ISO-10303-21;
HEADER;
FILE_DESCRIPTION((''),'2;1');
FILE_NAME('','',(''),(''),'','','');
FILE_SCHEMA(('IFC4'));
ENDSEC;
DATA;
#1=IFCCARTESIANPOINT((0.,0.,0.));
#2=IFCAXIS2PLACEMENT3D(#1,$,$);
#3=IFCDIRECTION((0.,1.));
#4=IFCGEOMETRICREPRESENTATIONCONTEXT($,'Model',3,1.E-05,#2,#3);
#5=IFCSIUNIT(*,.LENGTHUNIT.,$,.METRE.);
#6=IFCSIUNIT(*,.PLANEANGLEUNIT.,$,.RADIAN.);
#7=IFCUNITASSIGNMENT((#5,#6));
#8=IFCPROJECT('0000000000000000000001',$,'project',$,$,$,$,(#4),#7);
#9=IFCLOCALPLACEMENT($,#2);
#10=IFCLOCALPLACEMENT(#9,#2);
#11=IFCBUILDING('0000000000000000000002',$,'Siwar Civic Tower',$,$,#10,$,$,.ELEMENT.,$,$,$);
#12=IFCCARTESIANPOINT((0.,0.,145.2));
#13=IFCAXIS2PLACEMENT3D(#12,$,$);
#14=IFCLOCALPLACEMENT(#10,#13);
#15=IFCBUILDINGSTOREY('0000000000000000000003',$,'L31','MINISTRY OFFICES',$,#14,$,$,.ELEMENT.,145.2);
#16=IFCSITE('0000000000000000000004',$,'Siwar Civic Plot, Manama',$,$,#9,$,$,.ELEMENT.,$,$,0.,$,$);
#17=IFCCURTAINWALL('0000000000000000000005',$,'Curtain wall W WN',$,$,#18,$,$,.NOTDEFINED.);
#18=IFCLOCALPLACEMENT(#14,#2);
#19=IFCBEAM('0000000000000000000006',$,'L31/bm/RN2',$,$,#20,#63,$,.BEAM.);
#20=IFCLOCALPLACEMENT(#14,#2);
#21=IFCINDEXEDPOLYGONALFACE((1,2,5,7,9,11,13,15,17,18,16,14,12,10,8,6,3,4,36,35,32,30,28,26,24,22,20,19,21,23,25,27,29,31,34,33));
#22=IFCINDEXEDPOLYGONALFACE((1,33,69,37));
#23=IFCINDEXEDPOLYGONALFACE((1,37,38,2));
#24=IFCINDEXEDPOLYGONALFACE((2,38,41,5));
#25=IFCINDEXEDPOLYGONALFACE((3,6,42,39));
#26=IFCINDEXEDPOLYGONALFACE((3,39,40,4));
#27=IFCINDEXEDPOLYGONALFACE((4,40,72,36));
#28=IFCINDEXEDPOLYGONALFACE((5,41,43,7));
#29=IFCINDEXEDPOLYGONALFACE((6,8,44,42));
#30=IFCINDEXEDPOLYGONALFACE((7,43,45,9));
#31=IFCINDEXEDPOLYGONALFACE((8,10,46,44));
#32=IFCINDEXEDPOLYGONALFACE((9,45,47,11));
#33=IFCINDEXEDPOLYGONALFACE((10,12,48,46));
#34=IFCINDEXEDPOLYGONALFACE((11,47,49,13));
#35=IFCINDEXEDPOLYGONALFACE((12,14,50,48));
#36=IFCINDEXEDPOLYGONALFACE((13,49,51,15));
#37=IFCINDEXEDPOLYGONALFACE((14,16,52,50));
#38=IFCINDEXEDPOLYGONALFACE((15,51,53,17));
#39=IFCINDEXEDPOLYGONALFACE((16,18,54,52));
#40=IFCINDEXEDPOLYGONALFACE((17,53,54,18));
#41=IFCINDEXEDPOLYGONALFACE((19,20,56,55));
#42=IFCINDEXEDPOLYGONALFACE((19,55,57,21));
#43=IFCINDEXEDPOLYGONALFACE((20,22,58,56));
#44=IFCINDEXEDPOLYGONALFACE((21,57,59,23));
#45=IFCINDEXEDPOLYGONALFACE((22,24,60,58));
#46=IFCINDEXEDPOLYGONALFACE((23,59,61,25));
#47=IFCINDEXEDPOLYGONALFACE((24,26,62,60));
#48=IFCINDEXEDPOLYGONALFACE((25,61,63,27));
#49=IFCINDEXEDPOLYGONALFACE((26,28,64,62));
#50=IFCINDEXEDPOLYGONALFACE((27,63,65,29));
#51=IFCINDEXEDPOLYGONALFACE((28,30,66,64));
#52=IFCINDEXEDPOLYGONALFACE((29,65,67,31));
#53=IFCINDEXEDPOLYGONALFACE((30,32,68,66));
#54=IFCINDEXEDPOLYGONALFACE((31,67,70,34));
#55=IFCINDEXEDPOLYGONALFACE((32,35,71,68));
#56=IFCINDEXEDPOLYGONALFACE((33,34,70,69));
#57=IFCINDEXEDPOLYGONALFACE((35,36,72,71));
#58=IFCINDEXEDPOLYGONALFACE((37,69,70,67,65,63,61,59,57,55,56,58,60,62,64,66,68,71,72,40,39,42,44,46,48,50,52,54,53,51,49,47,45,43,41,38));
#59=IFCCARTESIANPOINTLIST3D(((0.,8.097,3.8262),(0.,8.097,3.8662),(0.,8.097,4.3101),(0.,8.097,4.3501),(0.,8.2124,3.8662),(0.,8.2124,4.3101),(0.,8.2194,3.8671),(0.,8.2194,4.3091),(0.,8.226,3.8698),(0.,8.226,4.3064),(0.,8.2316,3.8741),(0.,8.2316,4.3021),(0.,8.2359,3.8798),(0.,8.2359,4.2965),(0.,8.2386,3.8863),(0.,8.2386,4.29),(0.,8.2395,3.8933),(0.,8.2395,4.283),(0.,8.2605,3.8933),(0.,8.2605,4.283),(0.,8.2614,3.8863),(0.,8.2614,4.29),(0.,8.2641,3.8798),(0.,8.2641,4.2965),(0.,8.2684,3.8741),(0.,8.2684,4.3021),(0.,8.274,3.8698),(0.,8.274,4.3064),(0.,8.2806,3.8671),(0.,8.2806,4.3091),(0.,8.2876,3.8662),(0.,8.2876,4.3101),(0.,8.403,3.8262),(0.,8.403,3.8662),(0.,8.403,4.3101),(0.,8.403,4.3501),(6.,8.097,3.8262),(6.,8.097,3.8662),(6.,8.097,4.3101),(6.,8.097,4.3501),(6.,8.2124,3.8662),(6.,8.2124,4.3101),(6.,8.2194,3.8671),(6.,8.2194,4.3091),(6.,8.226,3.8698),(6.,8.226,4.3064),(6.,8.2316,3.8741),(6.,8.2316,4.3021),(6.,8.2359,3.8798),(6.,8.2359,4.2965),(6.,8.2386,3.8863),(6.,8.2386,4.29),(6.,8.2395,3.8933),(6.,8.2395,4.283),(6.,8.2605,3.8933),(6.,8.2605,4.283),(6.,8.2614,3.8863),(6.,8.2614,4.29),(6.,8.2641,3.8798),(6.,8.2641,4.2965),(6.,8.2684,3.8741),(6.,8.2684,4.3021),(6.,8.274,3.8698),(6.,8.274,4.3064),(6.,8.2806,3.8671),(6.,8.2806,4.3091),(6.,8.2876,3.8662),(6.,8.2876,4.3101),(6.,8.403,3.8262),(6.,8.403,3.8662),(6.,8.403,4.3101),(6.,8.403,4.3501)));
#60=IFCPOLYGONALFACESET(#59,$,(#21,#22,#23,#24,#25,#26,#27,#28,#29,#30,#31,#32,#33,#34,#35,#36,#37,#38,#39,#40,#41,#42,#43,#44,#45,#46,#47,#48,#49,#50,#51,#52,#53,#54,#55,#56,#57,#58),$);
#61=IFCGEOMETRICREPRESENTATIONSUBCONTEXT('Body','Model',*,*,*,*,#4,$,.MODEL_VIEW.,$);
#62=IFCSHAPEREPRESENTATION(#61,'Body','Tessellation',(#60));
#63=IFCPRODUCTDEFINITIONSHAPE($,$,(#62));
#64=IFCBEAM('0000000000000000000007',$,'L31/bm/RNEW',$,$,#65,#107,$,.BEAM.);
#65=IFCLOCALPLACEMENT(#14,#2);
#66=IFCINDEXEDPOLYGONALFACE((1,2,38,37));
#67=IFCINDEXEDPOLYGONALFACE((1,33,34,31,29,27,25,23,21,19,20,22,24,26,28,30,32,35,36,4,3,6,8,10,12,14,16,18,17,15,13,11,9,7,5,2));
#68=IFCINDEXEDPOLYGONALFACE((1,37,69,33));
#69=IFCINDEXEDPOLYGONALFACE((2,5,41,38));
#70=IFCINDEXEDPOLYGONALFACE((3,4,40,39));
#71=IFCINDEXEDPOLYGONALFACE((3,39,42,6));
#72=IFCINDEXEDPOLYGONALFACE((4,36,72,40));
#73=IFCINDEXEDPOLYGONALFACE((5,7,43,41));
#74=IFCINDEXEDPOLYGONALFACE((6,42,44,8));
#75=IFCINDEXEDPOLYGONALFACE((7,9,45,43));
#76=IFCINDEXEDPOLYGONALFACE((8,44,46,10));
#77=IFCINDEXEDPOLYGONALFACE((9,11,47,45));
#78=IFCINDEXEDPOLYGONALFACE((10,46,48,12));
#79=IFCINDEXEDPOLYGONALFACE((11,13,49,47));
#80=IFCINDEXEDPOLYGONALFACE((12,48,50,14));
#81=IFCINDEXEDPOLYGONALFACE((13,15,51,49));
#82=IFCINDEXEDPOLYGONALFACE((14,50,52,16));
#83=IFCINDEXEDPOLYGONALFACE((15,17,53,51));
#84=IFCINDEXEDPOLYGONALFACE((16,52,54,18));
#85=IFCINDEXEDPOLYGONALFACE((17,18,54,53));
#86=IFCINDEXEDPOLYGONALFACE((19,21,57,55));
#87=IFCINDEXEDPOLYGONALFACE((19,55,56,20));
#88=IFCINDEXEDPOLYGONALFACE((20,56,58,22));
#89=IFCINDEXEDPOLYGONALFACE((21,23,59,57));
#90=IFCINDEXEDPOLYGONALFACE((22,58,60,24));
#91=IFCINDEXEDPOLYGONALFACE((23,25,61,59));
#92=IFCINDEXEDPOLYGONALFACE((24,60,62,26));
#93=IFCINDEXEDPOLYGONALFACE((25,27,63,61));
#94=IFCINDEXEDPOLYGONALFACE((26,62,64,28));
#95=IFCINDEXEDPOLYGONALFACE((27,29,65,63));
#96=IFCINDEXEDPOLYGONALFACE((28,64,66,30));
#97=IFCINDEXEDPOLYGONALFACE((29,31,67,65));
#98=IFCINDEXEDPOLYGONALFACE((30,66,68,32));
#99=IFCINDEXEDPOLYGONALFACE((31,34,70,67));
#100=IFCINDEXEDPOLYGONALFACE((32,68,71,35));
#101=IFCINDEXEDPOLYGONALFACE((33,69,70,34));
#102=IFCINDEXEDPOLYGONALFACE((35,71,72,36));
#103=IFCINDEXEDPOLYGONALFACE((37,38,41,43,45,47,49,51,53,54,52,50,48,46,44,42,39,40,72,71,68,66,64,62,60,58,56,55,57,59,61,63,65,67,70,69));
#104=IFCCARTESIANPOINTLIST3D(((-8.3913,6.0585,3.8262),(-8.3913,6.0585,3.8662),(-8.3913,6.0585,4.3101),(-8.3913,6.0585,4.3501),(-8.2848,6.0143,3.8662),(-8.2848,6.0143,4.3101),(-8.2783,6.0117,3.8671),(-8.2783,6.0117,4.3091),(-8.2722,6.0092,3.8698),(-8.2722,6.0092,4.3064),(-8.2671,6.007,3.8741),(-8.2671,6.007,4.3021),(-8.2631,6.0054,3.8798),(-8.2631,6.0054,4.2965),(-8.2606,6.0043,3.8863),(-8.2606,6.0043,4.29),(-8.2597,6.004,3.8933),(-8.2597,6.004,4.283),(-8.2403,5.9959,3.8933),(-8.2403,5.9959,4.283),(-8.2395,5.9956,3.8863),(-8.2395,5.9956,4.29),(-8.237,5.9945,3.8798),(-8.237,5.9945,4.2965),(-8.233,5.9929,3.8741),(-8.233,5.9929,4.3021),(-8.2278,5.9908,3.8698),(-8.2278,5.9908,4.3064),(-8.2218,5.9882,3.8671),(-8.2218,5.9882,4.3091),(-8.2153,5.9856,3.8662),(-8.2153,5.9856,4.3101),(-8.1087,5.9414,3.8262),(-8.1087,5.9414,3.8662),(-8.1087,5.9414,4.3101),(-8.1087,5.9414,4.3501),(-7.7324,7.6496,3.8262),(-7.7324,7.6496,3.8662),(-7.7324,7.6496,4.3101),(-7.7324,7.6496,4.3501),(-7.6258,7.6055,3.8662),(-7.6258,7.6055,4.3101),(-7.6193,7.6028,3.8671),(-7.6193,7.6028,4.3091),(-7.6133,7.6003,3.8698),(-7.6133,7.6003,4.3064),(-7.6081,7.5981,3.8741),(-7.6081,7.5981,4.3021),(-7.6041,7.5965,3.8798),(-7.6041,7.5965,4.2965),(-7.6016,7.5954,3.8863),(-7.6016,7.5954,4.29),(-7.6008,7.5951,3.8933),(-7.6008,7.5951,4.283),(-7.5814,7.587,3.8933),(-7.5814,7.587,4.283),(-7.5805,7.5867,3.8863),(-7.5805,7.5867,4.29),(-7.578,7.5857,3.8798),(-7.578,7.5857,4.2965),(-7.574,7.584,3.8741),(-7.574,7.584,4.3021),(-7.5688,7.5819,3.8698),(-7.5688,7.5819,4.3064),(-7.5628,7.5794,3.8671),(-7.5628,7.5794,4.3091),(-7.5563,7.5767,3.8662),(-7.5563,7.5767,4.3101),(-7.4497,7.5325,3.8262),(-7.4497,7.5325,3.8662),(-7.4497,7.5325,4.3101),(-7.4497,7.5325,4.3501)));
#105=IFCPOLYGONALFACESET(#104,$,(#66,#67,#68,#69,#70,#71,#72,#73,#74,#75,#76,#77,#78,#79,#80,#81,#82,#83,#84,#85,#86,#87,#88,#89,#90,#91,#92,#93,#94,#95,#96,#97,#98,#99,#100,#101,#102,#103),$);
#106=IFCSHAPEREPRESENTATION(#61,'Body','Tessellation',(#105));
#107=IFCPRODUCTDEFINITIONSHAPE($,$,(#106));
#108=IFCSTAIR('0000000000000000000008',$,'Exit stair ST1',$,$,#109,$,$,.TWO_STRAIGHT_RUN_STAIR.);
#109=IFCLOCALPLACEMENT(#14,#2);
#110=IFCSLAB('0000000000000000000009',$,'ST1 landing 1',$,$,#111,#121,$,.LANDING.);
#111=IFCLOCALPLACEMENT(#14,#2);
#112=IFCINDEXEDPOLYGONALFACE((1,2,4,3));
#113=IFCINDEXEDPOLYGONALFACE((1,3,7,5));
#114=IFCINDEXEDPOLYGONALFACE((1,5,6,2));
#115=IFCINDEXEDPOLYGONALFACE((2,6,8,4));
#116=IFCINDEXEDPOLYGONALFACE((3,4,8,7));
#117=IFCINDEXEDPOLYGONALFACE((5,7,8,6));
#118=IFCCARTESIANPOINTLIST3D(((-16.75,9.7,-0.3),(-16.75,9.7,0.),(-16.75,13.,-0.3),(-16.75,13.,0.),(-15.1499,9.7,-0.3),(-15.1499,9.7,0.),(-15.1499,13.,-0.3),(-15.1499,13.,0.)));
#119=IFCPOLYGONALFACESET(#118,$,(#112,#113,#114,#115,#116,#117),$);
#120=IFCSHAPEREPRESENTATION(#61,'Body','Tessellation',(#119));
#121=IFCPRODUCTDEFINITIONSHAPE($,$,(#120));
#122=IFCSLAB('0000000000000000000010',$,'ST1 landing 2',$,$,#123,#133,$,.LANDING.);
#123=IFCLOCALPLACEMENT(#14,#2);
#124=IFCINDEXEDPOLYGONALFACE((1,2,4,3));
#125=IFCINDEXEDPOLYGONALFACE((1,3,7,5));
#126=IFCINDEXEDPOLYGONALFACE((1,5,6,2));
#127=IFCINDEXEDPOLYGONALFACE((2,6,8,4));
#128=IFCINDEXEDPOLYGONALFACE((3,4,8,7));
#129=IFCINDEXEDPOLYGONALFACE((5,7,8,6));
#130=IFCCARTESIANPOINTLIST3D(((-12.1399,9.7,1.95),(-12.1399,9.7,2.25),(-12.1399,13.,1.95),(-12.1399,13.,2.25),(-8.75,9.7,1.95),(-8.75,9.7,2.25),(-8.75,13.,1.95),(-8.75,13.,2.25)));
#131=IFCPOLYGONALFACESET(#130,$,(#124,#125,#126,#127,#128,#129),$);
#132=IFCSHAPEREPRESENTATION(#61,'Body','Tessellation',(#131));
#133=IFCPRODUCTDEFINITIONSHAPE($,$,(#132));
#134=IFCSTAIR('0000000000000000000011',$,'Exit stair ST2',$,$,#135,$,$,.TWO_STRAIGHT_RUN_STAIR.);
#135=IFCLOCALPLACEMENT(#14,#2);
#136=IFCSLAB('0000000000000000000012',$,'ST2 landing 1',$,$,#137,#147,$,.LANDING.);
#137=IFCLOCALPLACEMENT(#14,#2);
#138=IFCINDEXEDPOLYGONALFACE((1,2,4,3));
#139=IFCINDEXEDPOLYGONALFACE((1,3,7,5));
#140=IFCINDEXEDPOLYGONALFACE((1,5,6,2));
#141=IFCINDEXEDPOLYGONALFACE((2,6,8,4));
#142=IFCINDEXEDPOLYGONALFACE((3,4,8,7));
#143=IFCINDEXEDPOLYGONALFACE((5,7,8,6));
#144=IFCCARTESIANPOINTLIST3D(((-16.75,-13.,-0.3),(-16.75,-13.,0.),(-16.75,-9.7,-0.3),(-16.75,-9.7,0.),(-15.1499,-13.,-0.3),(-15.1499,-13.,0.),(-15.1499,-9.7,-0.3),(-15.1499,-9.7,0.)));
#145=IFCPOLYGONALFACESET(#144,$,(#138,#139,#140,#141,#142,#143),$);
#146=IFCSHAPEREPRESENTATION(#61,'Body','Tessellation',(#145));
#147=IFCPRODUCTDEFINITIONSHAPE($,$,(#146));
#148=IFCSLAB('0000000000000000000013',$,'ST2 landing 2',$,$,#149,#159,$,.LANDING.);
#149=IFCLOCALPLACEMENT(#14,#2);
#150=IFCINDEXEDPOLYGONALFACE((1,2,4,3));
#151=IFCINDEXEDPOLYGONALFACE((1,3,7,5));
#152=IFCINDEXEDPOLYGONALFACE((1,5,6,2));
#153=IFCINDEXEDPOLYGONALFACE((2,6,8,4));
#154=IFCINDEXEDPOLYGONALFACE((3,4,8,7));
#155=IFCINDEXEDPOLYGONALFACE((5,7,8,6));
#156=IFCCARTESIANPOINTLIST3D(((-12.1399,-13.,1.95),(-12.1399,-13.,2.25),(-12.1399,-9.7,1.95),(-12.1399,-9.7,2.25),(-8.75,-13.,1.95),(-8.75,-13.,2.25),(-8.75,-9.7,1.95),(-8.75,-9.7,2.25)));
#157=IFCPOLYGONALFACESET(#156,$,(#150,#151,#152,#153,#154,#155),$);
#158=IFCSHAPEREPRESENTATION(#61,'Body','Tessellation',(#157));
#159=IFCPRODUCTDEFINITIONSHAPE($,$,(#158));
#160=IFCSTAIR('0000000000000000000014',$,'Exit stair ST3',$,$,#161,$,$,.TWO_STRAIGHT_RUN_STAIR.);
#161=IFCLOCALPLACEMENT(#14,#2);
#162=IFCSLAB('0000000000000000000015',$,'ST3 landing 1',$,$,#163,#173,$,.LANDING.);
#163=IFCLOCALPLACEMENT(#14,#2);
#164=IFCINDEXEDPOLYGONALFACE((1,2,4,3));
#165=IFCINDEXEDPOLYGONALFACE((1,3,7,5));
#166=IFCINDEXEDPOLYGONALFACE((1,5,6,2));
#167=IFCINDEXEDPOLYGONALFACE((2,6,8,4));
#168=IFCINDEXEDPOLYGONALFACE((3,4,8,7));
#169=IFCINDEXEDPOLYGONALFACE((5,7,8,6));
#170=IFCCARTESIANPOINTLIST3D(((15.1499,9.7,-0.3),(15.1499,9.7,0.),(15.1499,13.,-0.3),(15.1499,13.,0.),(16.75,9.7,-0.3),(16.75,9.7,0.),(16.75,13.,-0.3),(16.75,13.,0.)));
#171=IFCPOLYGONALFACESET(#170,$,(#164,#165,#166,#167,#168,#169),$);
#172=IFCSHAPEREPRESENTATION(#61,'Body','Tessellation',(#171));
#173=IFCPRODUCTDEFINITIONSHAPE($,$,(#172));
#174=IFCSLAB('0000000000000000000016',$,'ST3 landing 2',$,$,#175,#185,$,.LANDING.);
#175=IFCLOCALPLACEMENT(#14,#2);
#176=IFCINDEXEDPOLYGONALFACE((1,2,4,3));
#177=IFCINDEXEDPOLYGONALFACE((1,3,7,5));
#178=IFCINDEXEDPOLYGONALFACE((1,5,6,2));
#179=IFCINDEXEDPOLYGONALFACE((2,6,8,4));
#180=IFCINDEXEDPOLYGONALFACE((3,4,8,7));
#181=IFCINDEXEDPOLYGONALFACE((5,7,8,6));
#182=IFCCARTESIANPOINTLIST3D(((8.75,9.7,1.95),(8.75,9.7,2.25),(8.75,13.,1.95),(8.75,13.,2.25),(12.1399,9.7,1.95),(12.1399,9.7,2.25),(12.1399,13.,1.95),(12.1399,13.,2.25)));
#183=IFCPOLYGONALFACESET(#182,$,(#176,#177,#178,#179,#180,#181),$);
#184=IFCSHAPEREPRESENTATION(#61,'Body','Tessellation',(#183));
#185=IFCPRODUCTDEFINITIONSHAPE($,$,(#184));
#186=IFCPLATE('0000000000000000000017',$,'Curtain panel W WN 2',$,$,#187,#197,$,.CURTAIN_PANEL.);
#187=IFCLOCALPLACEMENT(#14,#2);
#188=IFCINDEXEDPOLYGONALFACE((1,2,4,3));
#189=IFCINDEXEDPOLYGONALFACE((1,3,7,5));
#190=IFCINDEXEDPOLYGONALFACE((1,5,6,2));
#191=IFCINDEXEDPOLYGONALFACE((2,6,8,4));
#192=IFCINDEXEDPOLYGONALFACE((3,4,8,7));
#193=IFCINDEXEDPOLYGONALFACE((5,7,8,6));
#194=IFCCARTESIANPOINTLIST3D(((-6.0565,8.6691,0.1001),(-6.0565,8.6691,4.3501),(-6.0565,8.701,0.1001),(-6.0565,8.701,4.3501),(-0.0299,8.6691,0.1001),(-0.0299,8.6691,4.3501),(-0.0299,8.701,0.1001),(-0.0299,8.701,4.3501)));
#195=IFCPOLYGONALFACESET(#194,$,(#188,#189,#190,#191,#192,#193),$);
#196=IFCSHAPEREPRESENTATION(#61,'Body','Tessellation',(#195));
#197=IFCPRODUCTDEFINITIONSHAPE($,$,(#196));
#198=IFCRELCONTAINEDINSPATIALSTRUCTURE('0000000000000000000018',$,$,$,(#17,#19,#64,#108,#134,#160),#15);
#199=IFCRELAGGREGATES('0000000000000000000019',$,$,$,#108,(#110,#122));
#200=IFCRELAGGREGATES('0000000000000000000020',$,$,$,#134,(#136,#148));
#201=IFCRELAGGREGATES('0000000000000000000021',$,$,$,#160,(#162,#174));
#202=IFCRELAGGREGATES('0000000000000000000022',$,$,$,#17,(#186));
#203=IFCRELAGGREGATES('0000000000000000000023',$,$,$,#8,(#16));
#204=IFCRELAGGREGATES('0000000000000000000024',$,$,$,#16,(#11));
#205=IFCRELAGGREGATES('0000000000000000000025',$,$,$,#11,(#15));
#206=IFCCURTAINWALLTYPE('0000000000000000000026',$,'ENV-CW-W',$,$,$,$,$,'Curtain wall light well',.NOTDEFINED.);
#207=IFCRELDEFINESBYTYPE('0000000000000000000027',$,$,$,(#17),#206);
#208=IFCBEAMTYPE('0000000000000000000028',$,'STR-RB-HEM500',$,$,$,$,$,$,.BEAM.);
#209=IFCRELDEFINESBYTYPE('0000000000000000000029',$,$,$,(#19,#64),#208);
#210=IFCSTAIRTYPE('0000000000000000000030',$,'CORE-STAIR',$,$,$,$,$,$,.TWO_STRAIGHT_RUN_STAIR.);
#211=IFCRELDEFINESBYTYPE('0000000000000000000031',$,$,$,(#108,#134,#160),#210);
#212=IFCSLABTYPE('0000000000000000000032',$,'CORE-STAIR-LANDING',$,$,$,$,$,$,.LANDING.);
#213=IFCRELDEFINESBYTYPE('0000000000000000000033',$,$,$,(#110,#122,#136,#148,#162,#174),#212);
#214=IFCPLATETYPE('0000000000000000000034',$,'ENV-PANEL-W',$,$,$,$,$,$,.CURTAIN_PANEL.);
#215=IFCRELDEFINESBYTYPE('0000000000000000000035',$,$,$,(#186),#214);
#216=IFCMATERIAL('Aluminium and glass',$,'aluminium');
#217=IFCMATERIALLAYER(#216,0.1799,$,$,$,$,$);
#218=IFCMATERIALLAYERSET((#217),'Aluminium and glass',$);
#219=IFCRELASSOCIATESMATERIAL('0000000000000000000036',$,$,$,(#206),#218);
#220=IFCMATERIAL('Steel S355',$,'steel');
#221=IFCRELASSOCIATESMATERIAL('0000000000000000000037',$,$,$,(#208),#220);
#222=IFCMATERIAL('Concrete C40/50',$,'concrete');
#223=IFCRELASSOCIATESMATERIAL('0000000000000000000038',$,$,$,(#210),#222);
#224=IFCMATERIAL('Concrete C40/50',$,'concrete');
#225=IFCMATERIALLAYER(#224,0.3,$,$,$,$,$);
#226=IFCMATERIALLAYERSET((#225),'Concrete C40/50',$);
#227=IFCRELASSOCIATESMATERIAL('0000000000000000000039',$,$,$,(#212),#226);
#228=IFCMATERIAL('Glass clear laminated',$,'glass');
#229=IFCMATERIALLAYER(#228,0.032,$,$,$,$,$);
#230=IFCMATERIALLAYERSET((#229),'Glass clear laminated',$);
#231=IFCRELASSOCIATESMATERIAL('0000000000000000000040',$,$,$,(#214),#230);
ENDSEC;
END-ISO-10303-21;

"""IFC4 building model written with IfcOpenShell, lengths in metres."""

from ifc_helpers import new_model, si_unit, direction, frame, origin, origin_2d, place, context, subcontext, project, spatial, polyline, rectangle, i_section, outline, extrude, material, layer, layer_set, material_profile, profile_set, type_object, element, aggregate, save


model = new_model("IFC4")

# Units and contexts
model_context = context("Model", 3, precision=1e-05, world=origin(), true_north=direction((0.0, 1.0)))
body_context = subcontext(model_context, "Body", "Model", "MODEL_VIEW")
ifc_project = project(units=[si_unit("LENGTHUNIT", "METRE"), si_unit("PLANEANGLEUNIT", "RADIAN")], contexts=[model_context])

# Site, building, storey
site_placement = place(None, origin())
site = spatial("IfcSite", under=ifc_project, at=site_placement, Name="Siwar Civic Plot, Manama", CompositionType="ELEMENT", RefElevation=0.0)
building_placement = place(site_placement, origin())
building = spatial("IfcBuilding", under=site, at=building_placement, Name="Siwar Civic Tower", CompositionType="ELEMENT")
storey_placement = place(building_placement, frame((0.0, 0.0, 145.2)))
storey = spatial("IfcBuildingStorey", under=building, at=storey_placement, Name="L31", Description="MINISTRY OFFICES", CompositionType="ELEMENT", Elevation=145.2)

# Curtain wall
ifc_material_1 = material(Name="Aluminium and glass", Category="aluminium")
ifc_layer_1 = layer(ifc_material_1, 0.1799)
ifc_layer_set_1 = layer_set([ifc_layer_1], Name="Aluminium and glass")
curtain_wall_type = type_object("IfcCurtainWallType", Name="ENV-CW-W", ElementType="Curtain wall light well", PredefinedType="NOTDEFINED", material=ifc_layer_set_1)
curtain_wall_placement = place(storey_placement, origin())
curtain_wall = element("IfcCurtainWall", 1, at=curtain_wall_placement, inside=storey, type_object=curtain_wall_type, Name="Curtain wall W WN", PredefinedType="NOTDEFINED")

# Beams
ifc_material_2 = material(Name="Steel S355", Category="steel")
ifc_material_profile_1 = material_profile(ifc_material_2, i_section(OverallWidth=0.3059, OverallDepth=0.5239, WebThickness=0.021, FlangeThickness=0.04, FilletRadius=0.0271, at=origin_2d()), Name="HEM500")
ifc_profile_set_1 = profile_set([ifc_material_profile_1], Name="Steel S355")
beam_type_1 = type_object("IfcBeamType", Name="STR-RB-HEM500", PredefinedType="BEAM", material=ifc_profile_set_1)
for number, where, z_axis, x_axis, name in (
    (2, (0.0, 8.25, 4.0881), (1.0, 0.0, 0.0), (0.0, 1.0, 0.0), "L31/bm/RN2"),
):
    element("IfcBeam", number, at=place(storey_placement, frame(where, z_axis=z_axis, x_axis=x_axis)), inside=storey, type_object=beam_type_1, Name=name, PredefinedType="BEAM", context=body_context, shape_type="SweptSolid", body=[
        extrude(i_section(OverallWidth=0.3059, OverallDepth=0.5239, WebThickness=0.021, FlangeThickness=0.04, FilletRadius=0.0271, at=origin_2d()), origin(), (0.0, 0.0, 1.0), 6.0),
    ])
beam_1_placement = place(storey_placement, frame((-7.5911, 7.5911, 4.0881), z_axis=(-0.382631, -0.923901, 0.0), x_axis=(0.923901, -0.382631, 0.0)))
element("IfcBeam", 3, at=beam_1_placement, inside=storey, type_object=beam_type_1, Name="L31/bm/RNEW", PredefinedType="BEAM", context=body_context, shape_type="SweptSolid", body=[
    extrude(i_section(OverallWidth=0.3059, OverallDepth=0.5239, WebThickness=0.021, FlangeThickness=0.04, FilletRadius=0.0271, at=origin_2d()), origin(), (0.0, 0.0, 1.0), 1.7222),
])

# Stairs, slabs
ifc_material_3 = material(Name="Concrete C40/50", Category="concrete")
stair_type = type_object("IfcStairType", Name="CORE-STAIR", PredefinedType="TWO_STRAIGHT_RUN_STAIR", material=ifc_material_3)
stair_1_placement = place(storey_placement, origin())
stair_1 = element("IfcStair", 4, at=stair_1_placement, inside=storey, type_object=stair_type, Name="Exit stair ST1", PredefinedType="TWO_STRAIGHT_RUN_STAIR")
ifc_material_4 = material(Name="Concrete C40/50", Category="concrete")
ifc_layer_2 = layer(ifc_material_4, 0.3)
ifc_layer_set_2 = layer_set([ifc_layer_2], Name="Concrete C40/50")
slab_type_1 = type_object("IfcSlabType", Name="CORE-STAIR-LANDING", PredefinedType="LANDING", material=ifc_layer_set_2)
slab_1_placement = place(storey_placement, frame((0.0, 0.0, -0.3)))
slab_1 = element("IfcSlab", 5, at=slab_1_placement, type_object=slab_type_1, Name="ST1 landing 1", PredefinedType="LANDING", context=body_context, shape_type="SweptSolid", body=[
    extrude(outline(polyline([(-15.1499, 13.0), (-16.75, 13.0), (-16.75, 9.7), (-15.1499, 9.7), (-15.1499, 13.0)])), origin(), (0.0, 0.0, 1.0), 0.3),
])
slab_2_placement = place(storey_placement, frame((0.0, 0.0, 1.95)))
slab_2 = element("IfcSlab", 6, at=slab_2_placement, type_object=slab_type_1, Name="ST1 landing 2", PredefinedType="LANDING", context=body_context, shape_type="SweptSolid", body=[
    extrude(outline(polyline([(-8.75, 13.0), (-12.1399, 13.0), (-12.1399, 9.7), (-8.75, 9.7), (-8.75, 13.0)])), origin(), (0.0, 0.0, 1.0), 0.3),
])
aggregate(stair_1, [slab_1, slab_2])
stair_2_placement = place(storey_placement, origin())
stair_2 = element("IfcStair", 7, at=stair_2_placement, inside=storey, type_object=stair_type, Name="Exit stair ST2", PredefinedType="TWO_STRAIGHT_RUN_STAIR")
slab_3_placement = place(storey_placement, frame((0.0, 0.0, -0.3)))
slab_3 = element("IfcSlab", 8, at=slab_3_placement, type_object=slab_type_1, Name="ST2 landing 1", PredefinedType="LANDING", context=body_context, shape_type="SweptSolid", body=[
    extrude(outline(polyline([(-15.1499, -9.7), (-16.75, -9.7), (-16.75, -13.0), (-15.1499, -13.0), (-15.1499, -9.7)])), origin(), (0.0, 0.0, 1.0), 0.3),
])
slab_4_placement = place(storey_placement, frame((0.0, 0.0, 1.95)))
slab_4 = element("IfcSlab", 9, at=slab_4_placement, type_object=slab_type_1, Name="ST2 landing 2", PredefinedType="LANDING", context=body_context, shape_type="SweptSolid", body=[
    extrude(outline(polyline([(-8.75, -9.7), (-12.1399, -9.7), (-12.1399, -13.0), (-8.75, -13.0), (-8.75, -9.7)])), origin(), (0.0, 0.0, 1.0), 0.3),
])
aggregate(stair_2, [slab_3, slab_4])
stair_3_placement = place(storey_placement, origin())
stair_3 = element("IfcStair", 10, at=stair_3_placement, inside=storey, type_object=stair_type, Name="Exit stair ST3", PredefinedType="TWO_STRAIGHT_RUN_STAIR")
slab_5_placement = place(storey_placement, frame((0.0, 0.0, -0.3)))
slab_5 = element("IfcSlab", 11, at=slab_5_placement, type_object=slab_type_1, Name="ST3 landing 1", PredefinedType="LANDING", context=body_context, shape_type="SweptSolid", body=[
    extrude(outline(polyline([(15.1499, 9.7), (16.75, 9.7), (16.75, 13.0), (15.1499, 13.0), (15.1499, 9.7)])), origin(), (0.0, 0.0, 1.0), 0.3),
])
slab_6_placement = place(storey_placement, frame((0.0, 0.0, 1.95)))
slab_6 = element("IfcSlab", 12, at=slab_6_placement, type_object=slab_type_1, Name="ST3 landing 2", PredefinedType="LANDING", context=body_context, shape_type="SweptSolid", body=[
    extrude(outline(polyline([(8.75, 9.7), (12.1399, 9.7), (12.1399, 13.0), (8.75, 13.0), (8.75, 9.7)])), origin(), (0.0, 0.0, 1.0), 0.3),
])
aggregate(stair_3, [slab_5, slab_6])

# Plate
ifc_material_5 = material(Name="Glass clear laminated", Category="glass")
ifc_layer_3 = layer(ifc_material_5, 0.032)
ifc_layer_set_3 = layer_set([ifc_layer_3], Name="Glass clear laminated")
plate_type = type_object("IfcPlateType", Name="ENV-PANEL-W", PredefinedType="CURTAIN_PANEL", material=ifc_layer_set_3)
plate_placement = place(storey_placement, frame((-3.0432, 8.6851, 0.1001), z_axis=(0.0, 0.0, 1.0), x_axis=(-1.0, 0.0, 0.0)))
plate = element("IfcPlate", 13, at=plate_placement, type_object=plate_type, Name="Curtain panel W WN 2", PredefinedType="CURTAIN_PANEL", context=body_context, shape_type="SweptSolid", body=[
    extrude(rectangle(XDim=6.0266, YDim=0.032, at=origin_2d()), origin(), (0.0, 0.0, 1.0), 4.25),
])
aggregate(curtain_wall, [plate])

save(model, "model.ifc")
